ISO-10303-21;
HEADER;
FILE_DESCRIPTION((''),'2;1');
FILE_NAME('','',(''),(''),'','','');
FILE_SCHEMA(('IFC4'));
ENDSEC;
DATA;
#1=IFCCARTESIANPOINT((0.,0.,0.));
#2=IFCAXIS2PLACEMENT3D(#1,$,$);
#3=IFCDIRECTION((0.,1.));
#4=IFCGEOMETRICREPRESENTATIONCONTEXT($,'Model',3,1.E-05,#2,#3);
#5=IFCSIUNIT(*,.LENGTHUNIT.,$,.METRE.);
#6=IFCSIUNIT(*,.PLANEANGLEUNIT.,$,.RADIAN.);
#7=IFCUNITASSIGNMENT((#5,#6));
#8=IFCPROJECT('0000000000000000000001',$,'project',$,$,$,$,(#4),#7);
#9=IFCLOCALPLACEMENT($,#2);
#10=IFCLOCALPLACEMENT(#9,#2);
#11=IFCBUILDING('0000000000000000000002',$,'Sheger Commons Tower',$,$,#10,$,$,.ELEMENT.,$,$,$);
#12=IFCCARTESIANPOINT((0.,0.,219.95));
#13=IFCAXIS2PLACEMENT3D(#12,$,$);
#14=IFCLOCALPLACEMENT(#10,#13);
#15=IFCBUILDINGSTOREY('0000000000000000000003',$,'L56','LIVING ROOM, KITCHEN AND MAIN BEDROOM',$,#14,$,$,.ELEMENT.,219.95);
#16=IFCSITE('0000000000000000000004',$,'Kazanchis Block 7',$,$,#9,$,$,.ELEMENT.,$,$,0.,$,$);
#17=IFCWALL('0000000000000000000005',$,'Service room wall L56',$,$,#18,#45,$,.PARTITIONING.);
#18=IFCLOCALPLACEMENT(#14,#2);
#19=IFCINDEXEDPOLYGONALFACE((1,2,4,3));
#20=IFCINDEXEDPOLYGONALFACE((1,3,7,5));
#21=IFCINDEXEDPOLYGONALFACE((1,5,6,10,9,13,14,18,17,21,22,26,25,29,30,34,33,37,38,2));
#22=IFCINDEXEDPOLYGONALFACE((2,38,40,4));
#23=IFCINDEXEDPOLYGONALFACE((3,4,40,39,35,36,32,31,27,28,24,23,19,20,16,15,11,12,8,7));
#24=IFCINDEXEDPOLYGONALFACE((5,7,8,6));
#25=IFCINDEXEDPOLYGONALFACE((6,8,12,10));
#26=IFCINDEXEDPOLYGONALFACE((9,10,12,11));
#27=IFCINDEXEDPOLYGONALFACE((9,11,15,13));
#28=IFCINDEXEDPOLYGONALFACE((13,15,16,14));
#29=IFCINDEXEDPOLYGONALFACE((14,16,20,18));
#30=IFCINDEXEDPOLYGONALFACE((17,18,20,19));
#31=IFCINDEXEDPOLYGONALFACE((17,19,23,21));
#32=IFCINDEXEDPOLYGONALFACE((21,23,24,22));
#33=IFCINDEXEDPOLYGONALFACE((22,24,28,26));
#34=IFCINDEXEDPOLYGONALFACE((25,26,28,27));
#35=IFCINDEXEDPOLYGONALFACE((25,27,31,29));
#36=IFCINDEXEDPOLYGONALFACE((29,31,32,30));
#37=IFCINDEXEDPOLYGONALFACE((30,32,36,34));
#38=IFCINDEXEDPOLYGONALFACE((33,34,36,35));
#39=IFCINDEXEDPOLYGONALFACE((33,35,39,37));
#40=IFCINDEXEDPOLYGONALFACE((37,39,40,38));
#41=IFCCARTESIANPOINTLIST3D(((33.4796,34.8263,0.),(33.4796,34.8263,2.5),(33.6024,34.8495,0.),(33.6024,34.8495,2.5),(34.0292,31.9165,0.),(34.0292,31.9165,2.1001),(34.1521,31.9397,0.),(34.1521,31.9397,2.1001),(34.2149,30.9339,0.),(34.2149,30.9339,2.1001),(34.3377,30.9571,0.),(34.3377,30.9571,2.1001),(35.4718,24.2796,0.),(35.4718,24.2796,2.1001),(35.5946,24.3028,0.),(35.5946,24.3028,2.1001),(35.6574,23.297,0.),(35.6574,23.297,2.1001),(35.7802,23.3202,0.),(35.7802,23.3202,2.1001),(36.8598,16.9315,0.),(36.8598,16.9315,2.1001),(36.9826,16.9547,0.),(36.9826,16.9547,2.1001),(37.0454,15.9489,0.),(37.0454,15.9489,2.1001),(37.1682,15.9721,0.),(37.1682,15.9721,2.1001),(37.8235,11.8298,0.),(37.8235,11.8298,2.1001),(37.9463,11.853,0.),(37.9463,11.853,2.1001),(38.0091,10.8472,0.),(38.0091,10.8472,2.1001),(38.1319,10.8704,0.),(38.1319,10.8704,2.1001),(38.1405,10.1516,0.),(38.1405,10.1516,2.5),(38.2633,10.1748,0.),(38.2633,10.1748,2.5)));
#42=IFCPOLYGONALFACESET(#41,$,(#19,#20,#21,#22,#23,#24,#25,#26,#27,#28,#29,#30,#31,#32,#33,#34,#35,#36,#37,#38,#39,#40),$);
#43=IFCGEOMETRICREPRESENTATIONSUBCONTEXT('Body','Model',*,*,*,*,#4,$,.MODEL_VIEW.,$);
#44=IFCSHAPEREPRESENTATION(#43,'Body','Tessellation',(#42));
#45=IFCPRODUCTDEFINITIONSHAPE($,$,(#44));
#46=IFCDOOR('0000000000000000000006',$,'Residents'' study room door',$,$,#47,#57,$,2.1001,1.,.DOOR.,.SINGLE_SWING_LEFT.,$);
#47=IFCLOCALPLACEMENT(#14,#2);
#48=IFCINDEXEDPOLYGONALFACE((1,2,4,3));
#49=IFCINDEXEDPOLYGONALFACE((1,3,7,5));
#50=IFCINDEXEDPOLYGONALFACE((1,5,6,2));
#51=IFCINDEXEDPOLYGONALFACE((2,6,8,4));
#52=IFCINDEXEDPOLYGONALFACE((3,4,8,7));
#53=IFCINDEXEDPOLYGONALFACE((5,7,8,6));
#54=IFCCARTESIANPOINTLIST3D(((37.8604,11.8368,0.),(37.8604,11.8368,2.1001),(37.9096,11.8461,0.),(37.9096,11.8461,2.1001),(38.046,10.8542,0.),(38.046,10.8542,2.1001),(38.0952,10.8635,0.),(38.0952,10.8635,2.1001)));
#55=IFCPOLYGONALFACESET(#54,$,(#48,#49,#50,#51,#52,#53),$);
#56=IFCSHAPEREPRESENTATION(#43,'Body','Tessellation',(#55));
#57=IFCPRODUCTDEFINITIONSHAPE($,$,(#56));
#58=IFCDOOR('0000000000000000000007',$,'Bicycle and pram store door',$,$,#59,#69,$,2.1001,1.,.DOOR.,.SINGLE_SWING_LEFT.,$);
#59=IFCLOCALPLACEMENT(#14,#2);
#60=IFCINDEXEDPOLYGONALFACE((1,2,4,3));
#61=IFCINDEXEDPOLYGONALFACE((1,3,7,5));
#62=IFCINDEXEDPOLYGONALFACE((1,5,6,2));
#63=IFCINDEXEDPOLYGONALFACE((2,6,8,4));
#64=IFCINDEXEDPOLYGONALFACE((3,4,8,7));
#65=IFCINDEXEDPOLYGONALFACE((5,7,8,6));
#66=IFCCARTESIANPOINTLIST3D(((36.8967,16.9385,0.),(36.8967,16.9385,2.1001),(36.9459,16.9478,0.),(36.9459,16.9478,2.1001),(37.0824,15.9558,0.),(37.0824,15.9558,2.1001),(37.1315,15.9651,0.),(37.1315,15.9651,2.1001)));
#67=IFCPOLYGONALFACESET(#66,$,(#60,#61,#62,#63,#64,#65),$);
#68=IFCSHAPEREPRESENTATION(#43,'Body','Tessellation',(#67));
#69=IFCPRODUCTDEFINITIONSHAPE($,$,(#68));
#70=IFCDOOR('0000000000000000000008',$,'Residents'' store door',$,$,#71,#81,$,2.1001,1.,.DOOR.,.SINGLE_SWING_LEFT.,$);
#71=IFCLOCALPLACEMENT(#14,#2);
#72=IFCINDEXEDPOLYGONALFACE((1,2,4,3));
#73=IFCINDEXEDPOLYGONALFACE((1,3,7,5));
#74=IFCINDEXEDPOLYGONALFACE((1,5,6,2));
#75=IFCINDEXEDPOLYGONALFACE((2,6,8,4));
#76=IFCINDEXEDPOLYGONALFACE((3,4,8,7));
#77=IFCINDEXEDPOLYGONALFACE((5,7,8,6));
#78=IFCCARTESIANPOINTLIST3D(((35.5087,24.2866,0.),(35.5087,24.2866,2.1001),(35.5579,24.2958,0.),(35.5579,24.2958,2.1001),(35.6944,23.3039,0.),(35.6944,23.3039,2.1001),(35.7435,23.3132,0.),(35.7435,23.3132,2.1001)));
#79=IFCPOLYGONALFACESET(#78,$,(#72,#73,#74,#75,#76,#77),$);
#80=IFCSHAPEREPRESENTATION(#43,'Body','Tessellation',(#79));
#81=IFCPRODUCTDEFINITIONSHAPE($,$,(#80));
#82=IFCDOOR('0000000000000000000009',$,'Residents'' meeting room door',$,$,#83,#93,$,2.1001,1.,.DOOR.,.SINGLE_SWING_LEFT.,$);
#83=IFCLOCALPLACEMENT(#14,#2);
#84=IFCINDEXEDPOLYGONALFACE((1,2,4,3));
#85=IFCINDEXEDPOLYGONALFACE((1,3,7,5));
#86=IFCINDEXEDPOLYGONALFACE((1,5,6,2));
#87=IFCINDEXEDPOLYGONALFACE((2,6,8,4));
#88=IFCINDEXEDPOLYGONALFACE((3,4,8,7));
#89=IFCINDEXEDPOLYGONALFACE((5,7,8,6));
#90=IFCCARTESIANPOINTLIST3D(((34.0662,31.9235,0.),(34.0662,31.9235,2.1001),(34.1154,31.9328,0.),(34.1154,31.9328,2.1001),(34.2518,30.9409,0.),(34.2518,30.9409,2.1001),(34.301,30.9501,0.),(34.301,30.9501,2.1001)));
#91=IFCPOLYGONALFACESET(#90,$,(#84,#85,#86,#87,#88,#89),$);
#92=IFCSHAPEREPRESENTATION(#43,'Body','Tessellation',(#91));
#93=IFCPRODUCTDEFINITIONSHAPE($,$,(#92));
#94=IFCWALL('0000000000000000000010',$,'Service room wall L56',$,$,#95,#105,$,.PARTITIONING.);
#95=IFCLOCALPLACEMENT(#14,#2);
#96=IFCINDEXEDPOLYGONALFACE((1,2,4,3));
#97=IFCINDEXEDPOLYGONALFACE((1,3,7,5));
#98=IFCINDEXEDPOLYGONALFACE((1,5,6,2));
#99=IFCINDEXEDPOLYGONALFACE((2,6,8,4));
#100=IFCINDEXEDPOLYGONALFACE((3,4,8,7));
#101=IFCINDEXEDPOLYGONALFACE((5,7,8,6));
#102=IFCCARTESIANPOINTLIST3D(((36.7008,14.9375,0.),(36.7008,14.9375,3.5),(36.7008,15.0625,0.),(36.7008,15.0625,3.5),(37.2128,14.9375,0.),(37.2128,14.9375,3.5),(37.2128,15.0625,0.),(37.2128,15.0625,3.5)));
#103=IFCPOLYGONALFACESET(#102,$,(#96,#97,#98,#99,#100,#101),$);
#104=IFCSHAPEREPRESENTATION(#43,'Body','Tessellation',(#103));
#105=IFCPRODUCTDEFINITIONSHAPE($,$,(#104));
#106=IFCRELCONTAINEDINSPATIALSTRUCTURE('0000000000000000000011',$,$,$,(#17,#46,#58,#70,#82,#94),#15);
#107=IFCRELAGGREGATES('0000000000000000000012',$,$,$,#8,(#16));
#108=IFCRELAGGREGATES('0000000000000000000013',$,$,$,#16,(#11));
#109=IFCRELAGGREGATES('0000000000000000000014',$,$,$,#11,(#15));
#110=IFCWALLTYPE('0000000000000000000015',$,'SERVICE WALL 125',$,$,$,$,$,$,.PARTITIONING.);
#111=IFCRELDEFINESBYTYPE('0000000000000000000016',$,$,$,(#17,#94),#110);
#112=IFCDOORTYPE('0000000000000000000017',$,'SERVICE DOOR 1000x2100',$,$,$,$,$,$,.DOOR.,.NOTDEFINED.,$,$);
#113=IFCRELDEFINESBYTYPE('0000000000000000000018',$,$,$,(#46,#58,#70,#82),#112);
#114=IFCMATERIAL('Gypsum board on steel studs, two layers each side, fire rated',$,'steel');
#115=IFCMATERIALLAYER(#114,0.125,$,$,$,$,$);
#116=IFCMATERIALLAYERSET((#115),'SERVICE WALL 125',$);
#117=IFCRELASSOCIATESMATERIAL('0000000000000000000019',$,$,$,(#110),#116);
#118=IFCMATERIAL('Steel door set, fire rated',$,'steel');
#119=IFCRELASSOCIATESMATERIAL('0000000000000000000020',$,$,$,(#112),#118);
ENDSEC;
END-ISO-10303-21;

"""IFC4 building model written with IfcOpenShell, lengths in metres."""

from ifc_helpers import new_model, si_unit, direction, frame, frame_2d, origin, place, context, subcontext, project, spatial, rectangle, extrude, material, layer, layer_set, type_object, element, fill, save


model = new_model("IFC4")

# Units and contexts
model_context = context("Model", 3, precision=1e-05, world=origin(), true_north=direction((0.0, 1.0)))
body_context = subcontext(model_context, "Body", "Model", "MODEL_VIEW")
ifc_project = project(units=[si_unit("LENGTHUNIT", "METRE"), si_unit("PLANEANGLEUNIT", "RADIAN")], contexts=[model_context])

# Site, building, storey
site_placement = place(None, origin())
site = spatial("IfcSite", under=ifc_project, at=site_placement, Name="Kazanchis Block 7", CompositionType="ELEMENT", RefElevation=0.0)
building_placement = place(site_placement, origin())
building = spatial("IfcBuilding", under=site, at=building_placement, Name="Sheger Commons Tower", CompositionType="ELEMENT")
storey_placement = place(building_placement, frame((0.0, 0.0, 219.95)))
storey = spatial("IfcBuildingStorey", under=building, at=storey_placement, Name="L56", Description="LIVING ROOM, KITCHEN AND MAIN BEDROOM", CompositionType="ELEMENT", Elevation=219.95)

# Wall, openings, doors
ifc_material_1 = material(Name="Gypsum board on steel studs, two layers each side, fire rated", Category="steel")
ifc_layer_1 = layer(ifc_material_1, 0.125)
ifc_layer_set_1 = layer_set([ifc_layer_1], Name="SERVICE WALL 125")
wall_type_1 = type_object("IfcWallType", Name="SERVICE WALL 125", PredefinedType="PARTITIONING", material=ifc_layer_set_1)
wall_1_placement = place(storey_placement, frame((38.2019, 10.1631, 0.0), z_axis=(0.0, 0.0, 1.0), x_axis=(-0.18561, 0.982623, 0.0)))
wall_1 = element("IfcWall", 1, at=wall_1_placement, inside=storey, type_object=wall_type_1, Name="Service room wall L56", PredefinedType="PARTITIONING", context=body_context, shape_type="SweptSolid", body=[
    extrude(rectangle(XDim=25.1111, YDim=0.125, at=frame_2d((12.5557, 0.0))), origin(), (0.0, 0.0, 1.0), 2.5),
])
opening_1_placement = place(wall_1_placement, frame((0.708, 0.0, 0.0)))
opening_1 = element("IfcOpeningElement", 2, at=opening_1_placement, cuts=wall_1, PredefinedType="OPENING", context=body_context, shape_type="SweptSolid", body=[
    extrude(rectangle(XDim=1.0, YDim=2.1001, at=frame_2d((0.5, 1.05))), frame((0.0, 0.0725, 0.0), z_axis=(0.0, -1.0, 0.0), x_axis=(1.0, 0.0, 0.0)), (0.0, 0.0, 1.0), 0.145),
])
opening_2_placement = place(wall_1_placement, frame((5.8999, 0.0, 0.0)))
opening_2 = element("IfcOpeningElement", 3, at=opening_2_placement, cuts=wall_1, PredefinedType="OPENING", context=body_context, shape_type="SweptSolid", body=[
    extrude(rectangle(XDim=1.0, YDim=2.1001, at=frame_2d((0.5, 1.05))), frame((0.0, 0.0725, 0.0), z_axis=(0.0, -1.0, 0.0), x_axis=(1.0, 0.0, 0.0)), (0.0, 0.0, 1.0), 0.145),
])
opening_3_placement = place(wall_1_placement, frame((13.3779, 0.0, 0.0)))
opening_3 = element("IfcOpeningElement", 4, at=opening_3_placement, cuts=wall_1, PredefinedType="OPENING", context=body_context, shape_type="SweptSolid", body=[
    extrude(rectangle(XDim=1.0, YDim=2.1001, at=frame_2d((0.5, 1.05))), frame((0.0, 0.0725, 0.0), z_axis=(0.0, -1.0, 0.0), x_axis=(1.0, 0.0, 0.0)), (0.0, 0.0, 1.0), 0.145),
])
opening_4_placement = place(wall_1_placement, frame((21.1499, 0.0, 0.0)))
opening_4 = element("IfcOpeningElement", 5, at=opening_4_placement, cuts=wall_1, PredefinedType="OPENING", context=body_context, shape_type="SweptSolid", body=[
    extrude(rectangle(XDim=1.0, YDim=2.1001, at=frame_2d((0.5, 1.05))), frame((0.0, 0.0725, 0.0), z_axis=(0.0, -1.0, 0.0), x_axis=(1.0, 0.0, 0.0)), (0.0, 0.0, 1.0), 0.145),
])
ifc_material_2 = material(Name="Steel door set, fire rated", Category="steel")
door_type_1 = type_object("IfcDoorType", Name="SERVICE DOOR 1000x2100", OperationType="NOTDEFINED", PredefinedType="DOOR", material=ifc_material_2)
door_1_placement = place(opening_1_placement, origin())
door_1 = element("IfcDoor", 6, at=door_1_placement, inside=storey, type_object=door_type_1, Name="Residents' study room door", OperationType="SINGLE_SWING_LEFT", OverallHeight=2.1001, OverallWidth=1.0, PredefinedType="DOOR", context=body_context, shape_type="SweptSolid", body=[
    extrude(rectangle(XDim=1.0, YDim=2.1001, at=frame_2d((0.5, 1.05))), frame((0.0, 0.0249, 0.0), z_axis=(0.0, -1.0, 0.0), x_axis=(1.0, 0.0, 0.0)), (0.0, 0.0, 1.0), 0.05),
])
fill(opening_1, door_1)
door_2_placement = place(opening_2_placement, origin())
door_2 = element("IfcDoor", 7, at=door_2_placement, inside=storey, type_object=door_type_1, Name="Bicycle and pram store door", OperationType="SINGLE_SWING_LEFT", OverallHeight=2.1001, OverallWidth=1.0, PredefinedType="DOOR", context=body_context, shape_type="SweptSolid", body=[
    extrude(rectangle(XDim=1.0, YDim=2.1001, at=frame_2d((0.5, 1.05))), frame((0.0, 0.0249, 0.0), z_axis=(0.0, -1.0, 0.0), x_axis=(1.0, 0.0, 0.0)), (0.0, 0.0, 1.0), 0.05),
])
fill(opening_2, door_2)
door_3_placement = place(opening_3_placement, origin())
door_3 = element("IfcDoor", 8, at=door_3_placement, inside=storey, type_object=door_type_1, Name="Residents' store door", OperationType="SINGLE_SWING_LEFT", OverallHeight=2.1001, OverallWidth=1.0, PredefinedType="DOOR", context=body_context, shape_type="SweptSolid", body=[
    extrude(rectangle(XDim=1.0, YDim=2.1001, at=frame_2d((0.5, 1.05))), frame((0.0, 0.0249, 0.0), z_axis=(0.0, -1.0, 0.0), x_axis=(1.0, 0.0, 0.0)), (0.0, 0.0, 1.0), 0.05),
])
fill(opening_3, door_3)
door_4_placement = place(opening_4_placement, origin())
door_4 = element("IfcDoor", 9, at=door_4_placement, inside=storey, type_object=door_type_1, Name="Residents' meeting room door", OperationType="SINGLE_SWING_LEFT", OverallHeight=2.1001, OverallWidth=1.0, PredefinedType="DOOR", context=body_context, shape_type="SweptSolid", body=[
    extrude(rectangle(XDim=1.0, YDim=2.1001, at=frame_2d((0.5, 1.05))), frame((0.0, 0.0249, 0.0), z_axis=(0.0, -1.0, 0.0), x_axis=(1.0, 0.0, 0.0)), (0.0, 0.0, 1.0), 0.05),
])
fill(opening_4, door_4)

# Wall
wall_2_placement = place(storey_placement, frame((36.7009, 15.0, 0.0), z_axis=(0.0, 0.0, 1.0), x_axis=(1.0, 0.0, 0.0)))
element("IfcWall", 10, at=wall_2_placement, inside=storey, type_object=wall_type_1, Name="Service room wall L56", PredefinedType="PARTITIONING", context=body_context, shape_type="SweptSolid", body=[
    extrude(rectangle(XDim=0.512, YDim=0.125, at=frame_2d((0.2559, 0.0))), origin(), (0.0, 0.0, 1.0), 3.5),
])

save(model, "model.ifc")
